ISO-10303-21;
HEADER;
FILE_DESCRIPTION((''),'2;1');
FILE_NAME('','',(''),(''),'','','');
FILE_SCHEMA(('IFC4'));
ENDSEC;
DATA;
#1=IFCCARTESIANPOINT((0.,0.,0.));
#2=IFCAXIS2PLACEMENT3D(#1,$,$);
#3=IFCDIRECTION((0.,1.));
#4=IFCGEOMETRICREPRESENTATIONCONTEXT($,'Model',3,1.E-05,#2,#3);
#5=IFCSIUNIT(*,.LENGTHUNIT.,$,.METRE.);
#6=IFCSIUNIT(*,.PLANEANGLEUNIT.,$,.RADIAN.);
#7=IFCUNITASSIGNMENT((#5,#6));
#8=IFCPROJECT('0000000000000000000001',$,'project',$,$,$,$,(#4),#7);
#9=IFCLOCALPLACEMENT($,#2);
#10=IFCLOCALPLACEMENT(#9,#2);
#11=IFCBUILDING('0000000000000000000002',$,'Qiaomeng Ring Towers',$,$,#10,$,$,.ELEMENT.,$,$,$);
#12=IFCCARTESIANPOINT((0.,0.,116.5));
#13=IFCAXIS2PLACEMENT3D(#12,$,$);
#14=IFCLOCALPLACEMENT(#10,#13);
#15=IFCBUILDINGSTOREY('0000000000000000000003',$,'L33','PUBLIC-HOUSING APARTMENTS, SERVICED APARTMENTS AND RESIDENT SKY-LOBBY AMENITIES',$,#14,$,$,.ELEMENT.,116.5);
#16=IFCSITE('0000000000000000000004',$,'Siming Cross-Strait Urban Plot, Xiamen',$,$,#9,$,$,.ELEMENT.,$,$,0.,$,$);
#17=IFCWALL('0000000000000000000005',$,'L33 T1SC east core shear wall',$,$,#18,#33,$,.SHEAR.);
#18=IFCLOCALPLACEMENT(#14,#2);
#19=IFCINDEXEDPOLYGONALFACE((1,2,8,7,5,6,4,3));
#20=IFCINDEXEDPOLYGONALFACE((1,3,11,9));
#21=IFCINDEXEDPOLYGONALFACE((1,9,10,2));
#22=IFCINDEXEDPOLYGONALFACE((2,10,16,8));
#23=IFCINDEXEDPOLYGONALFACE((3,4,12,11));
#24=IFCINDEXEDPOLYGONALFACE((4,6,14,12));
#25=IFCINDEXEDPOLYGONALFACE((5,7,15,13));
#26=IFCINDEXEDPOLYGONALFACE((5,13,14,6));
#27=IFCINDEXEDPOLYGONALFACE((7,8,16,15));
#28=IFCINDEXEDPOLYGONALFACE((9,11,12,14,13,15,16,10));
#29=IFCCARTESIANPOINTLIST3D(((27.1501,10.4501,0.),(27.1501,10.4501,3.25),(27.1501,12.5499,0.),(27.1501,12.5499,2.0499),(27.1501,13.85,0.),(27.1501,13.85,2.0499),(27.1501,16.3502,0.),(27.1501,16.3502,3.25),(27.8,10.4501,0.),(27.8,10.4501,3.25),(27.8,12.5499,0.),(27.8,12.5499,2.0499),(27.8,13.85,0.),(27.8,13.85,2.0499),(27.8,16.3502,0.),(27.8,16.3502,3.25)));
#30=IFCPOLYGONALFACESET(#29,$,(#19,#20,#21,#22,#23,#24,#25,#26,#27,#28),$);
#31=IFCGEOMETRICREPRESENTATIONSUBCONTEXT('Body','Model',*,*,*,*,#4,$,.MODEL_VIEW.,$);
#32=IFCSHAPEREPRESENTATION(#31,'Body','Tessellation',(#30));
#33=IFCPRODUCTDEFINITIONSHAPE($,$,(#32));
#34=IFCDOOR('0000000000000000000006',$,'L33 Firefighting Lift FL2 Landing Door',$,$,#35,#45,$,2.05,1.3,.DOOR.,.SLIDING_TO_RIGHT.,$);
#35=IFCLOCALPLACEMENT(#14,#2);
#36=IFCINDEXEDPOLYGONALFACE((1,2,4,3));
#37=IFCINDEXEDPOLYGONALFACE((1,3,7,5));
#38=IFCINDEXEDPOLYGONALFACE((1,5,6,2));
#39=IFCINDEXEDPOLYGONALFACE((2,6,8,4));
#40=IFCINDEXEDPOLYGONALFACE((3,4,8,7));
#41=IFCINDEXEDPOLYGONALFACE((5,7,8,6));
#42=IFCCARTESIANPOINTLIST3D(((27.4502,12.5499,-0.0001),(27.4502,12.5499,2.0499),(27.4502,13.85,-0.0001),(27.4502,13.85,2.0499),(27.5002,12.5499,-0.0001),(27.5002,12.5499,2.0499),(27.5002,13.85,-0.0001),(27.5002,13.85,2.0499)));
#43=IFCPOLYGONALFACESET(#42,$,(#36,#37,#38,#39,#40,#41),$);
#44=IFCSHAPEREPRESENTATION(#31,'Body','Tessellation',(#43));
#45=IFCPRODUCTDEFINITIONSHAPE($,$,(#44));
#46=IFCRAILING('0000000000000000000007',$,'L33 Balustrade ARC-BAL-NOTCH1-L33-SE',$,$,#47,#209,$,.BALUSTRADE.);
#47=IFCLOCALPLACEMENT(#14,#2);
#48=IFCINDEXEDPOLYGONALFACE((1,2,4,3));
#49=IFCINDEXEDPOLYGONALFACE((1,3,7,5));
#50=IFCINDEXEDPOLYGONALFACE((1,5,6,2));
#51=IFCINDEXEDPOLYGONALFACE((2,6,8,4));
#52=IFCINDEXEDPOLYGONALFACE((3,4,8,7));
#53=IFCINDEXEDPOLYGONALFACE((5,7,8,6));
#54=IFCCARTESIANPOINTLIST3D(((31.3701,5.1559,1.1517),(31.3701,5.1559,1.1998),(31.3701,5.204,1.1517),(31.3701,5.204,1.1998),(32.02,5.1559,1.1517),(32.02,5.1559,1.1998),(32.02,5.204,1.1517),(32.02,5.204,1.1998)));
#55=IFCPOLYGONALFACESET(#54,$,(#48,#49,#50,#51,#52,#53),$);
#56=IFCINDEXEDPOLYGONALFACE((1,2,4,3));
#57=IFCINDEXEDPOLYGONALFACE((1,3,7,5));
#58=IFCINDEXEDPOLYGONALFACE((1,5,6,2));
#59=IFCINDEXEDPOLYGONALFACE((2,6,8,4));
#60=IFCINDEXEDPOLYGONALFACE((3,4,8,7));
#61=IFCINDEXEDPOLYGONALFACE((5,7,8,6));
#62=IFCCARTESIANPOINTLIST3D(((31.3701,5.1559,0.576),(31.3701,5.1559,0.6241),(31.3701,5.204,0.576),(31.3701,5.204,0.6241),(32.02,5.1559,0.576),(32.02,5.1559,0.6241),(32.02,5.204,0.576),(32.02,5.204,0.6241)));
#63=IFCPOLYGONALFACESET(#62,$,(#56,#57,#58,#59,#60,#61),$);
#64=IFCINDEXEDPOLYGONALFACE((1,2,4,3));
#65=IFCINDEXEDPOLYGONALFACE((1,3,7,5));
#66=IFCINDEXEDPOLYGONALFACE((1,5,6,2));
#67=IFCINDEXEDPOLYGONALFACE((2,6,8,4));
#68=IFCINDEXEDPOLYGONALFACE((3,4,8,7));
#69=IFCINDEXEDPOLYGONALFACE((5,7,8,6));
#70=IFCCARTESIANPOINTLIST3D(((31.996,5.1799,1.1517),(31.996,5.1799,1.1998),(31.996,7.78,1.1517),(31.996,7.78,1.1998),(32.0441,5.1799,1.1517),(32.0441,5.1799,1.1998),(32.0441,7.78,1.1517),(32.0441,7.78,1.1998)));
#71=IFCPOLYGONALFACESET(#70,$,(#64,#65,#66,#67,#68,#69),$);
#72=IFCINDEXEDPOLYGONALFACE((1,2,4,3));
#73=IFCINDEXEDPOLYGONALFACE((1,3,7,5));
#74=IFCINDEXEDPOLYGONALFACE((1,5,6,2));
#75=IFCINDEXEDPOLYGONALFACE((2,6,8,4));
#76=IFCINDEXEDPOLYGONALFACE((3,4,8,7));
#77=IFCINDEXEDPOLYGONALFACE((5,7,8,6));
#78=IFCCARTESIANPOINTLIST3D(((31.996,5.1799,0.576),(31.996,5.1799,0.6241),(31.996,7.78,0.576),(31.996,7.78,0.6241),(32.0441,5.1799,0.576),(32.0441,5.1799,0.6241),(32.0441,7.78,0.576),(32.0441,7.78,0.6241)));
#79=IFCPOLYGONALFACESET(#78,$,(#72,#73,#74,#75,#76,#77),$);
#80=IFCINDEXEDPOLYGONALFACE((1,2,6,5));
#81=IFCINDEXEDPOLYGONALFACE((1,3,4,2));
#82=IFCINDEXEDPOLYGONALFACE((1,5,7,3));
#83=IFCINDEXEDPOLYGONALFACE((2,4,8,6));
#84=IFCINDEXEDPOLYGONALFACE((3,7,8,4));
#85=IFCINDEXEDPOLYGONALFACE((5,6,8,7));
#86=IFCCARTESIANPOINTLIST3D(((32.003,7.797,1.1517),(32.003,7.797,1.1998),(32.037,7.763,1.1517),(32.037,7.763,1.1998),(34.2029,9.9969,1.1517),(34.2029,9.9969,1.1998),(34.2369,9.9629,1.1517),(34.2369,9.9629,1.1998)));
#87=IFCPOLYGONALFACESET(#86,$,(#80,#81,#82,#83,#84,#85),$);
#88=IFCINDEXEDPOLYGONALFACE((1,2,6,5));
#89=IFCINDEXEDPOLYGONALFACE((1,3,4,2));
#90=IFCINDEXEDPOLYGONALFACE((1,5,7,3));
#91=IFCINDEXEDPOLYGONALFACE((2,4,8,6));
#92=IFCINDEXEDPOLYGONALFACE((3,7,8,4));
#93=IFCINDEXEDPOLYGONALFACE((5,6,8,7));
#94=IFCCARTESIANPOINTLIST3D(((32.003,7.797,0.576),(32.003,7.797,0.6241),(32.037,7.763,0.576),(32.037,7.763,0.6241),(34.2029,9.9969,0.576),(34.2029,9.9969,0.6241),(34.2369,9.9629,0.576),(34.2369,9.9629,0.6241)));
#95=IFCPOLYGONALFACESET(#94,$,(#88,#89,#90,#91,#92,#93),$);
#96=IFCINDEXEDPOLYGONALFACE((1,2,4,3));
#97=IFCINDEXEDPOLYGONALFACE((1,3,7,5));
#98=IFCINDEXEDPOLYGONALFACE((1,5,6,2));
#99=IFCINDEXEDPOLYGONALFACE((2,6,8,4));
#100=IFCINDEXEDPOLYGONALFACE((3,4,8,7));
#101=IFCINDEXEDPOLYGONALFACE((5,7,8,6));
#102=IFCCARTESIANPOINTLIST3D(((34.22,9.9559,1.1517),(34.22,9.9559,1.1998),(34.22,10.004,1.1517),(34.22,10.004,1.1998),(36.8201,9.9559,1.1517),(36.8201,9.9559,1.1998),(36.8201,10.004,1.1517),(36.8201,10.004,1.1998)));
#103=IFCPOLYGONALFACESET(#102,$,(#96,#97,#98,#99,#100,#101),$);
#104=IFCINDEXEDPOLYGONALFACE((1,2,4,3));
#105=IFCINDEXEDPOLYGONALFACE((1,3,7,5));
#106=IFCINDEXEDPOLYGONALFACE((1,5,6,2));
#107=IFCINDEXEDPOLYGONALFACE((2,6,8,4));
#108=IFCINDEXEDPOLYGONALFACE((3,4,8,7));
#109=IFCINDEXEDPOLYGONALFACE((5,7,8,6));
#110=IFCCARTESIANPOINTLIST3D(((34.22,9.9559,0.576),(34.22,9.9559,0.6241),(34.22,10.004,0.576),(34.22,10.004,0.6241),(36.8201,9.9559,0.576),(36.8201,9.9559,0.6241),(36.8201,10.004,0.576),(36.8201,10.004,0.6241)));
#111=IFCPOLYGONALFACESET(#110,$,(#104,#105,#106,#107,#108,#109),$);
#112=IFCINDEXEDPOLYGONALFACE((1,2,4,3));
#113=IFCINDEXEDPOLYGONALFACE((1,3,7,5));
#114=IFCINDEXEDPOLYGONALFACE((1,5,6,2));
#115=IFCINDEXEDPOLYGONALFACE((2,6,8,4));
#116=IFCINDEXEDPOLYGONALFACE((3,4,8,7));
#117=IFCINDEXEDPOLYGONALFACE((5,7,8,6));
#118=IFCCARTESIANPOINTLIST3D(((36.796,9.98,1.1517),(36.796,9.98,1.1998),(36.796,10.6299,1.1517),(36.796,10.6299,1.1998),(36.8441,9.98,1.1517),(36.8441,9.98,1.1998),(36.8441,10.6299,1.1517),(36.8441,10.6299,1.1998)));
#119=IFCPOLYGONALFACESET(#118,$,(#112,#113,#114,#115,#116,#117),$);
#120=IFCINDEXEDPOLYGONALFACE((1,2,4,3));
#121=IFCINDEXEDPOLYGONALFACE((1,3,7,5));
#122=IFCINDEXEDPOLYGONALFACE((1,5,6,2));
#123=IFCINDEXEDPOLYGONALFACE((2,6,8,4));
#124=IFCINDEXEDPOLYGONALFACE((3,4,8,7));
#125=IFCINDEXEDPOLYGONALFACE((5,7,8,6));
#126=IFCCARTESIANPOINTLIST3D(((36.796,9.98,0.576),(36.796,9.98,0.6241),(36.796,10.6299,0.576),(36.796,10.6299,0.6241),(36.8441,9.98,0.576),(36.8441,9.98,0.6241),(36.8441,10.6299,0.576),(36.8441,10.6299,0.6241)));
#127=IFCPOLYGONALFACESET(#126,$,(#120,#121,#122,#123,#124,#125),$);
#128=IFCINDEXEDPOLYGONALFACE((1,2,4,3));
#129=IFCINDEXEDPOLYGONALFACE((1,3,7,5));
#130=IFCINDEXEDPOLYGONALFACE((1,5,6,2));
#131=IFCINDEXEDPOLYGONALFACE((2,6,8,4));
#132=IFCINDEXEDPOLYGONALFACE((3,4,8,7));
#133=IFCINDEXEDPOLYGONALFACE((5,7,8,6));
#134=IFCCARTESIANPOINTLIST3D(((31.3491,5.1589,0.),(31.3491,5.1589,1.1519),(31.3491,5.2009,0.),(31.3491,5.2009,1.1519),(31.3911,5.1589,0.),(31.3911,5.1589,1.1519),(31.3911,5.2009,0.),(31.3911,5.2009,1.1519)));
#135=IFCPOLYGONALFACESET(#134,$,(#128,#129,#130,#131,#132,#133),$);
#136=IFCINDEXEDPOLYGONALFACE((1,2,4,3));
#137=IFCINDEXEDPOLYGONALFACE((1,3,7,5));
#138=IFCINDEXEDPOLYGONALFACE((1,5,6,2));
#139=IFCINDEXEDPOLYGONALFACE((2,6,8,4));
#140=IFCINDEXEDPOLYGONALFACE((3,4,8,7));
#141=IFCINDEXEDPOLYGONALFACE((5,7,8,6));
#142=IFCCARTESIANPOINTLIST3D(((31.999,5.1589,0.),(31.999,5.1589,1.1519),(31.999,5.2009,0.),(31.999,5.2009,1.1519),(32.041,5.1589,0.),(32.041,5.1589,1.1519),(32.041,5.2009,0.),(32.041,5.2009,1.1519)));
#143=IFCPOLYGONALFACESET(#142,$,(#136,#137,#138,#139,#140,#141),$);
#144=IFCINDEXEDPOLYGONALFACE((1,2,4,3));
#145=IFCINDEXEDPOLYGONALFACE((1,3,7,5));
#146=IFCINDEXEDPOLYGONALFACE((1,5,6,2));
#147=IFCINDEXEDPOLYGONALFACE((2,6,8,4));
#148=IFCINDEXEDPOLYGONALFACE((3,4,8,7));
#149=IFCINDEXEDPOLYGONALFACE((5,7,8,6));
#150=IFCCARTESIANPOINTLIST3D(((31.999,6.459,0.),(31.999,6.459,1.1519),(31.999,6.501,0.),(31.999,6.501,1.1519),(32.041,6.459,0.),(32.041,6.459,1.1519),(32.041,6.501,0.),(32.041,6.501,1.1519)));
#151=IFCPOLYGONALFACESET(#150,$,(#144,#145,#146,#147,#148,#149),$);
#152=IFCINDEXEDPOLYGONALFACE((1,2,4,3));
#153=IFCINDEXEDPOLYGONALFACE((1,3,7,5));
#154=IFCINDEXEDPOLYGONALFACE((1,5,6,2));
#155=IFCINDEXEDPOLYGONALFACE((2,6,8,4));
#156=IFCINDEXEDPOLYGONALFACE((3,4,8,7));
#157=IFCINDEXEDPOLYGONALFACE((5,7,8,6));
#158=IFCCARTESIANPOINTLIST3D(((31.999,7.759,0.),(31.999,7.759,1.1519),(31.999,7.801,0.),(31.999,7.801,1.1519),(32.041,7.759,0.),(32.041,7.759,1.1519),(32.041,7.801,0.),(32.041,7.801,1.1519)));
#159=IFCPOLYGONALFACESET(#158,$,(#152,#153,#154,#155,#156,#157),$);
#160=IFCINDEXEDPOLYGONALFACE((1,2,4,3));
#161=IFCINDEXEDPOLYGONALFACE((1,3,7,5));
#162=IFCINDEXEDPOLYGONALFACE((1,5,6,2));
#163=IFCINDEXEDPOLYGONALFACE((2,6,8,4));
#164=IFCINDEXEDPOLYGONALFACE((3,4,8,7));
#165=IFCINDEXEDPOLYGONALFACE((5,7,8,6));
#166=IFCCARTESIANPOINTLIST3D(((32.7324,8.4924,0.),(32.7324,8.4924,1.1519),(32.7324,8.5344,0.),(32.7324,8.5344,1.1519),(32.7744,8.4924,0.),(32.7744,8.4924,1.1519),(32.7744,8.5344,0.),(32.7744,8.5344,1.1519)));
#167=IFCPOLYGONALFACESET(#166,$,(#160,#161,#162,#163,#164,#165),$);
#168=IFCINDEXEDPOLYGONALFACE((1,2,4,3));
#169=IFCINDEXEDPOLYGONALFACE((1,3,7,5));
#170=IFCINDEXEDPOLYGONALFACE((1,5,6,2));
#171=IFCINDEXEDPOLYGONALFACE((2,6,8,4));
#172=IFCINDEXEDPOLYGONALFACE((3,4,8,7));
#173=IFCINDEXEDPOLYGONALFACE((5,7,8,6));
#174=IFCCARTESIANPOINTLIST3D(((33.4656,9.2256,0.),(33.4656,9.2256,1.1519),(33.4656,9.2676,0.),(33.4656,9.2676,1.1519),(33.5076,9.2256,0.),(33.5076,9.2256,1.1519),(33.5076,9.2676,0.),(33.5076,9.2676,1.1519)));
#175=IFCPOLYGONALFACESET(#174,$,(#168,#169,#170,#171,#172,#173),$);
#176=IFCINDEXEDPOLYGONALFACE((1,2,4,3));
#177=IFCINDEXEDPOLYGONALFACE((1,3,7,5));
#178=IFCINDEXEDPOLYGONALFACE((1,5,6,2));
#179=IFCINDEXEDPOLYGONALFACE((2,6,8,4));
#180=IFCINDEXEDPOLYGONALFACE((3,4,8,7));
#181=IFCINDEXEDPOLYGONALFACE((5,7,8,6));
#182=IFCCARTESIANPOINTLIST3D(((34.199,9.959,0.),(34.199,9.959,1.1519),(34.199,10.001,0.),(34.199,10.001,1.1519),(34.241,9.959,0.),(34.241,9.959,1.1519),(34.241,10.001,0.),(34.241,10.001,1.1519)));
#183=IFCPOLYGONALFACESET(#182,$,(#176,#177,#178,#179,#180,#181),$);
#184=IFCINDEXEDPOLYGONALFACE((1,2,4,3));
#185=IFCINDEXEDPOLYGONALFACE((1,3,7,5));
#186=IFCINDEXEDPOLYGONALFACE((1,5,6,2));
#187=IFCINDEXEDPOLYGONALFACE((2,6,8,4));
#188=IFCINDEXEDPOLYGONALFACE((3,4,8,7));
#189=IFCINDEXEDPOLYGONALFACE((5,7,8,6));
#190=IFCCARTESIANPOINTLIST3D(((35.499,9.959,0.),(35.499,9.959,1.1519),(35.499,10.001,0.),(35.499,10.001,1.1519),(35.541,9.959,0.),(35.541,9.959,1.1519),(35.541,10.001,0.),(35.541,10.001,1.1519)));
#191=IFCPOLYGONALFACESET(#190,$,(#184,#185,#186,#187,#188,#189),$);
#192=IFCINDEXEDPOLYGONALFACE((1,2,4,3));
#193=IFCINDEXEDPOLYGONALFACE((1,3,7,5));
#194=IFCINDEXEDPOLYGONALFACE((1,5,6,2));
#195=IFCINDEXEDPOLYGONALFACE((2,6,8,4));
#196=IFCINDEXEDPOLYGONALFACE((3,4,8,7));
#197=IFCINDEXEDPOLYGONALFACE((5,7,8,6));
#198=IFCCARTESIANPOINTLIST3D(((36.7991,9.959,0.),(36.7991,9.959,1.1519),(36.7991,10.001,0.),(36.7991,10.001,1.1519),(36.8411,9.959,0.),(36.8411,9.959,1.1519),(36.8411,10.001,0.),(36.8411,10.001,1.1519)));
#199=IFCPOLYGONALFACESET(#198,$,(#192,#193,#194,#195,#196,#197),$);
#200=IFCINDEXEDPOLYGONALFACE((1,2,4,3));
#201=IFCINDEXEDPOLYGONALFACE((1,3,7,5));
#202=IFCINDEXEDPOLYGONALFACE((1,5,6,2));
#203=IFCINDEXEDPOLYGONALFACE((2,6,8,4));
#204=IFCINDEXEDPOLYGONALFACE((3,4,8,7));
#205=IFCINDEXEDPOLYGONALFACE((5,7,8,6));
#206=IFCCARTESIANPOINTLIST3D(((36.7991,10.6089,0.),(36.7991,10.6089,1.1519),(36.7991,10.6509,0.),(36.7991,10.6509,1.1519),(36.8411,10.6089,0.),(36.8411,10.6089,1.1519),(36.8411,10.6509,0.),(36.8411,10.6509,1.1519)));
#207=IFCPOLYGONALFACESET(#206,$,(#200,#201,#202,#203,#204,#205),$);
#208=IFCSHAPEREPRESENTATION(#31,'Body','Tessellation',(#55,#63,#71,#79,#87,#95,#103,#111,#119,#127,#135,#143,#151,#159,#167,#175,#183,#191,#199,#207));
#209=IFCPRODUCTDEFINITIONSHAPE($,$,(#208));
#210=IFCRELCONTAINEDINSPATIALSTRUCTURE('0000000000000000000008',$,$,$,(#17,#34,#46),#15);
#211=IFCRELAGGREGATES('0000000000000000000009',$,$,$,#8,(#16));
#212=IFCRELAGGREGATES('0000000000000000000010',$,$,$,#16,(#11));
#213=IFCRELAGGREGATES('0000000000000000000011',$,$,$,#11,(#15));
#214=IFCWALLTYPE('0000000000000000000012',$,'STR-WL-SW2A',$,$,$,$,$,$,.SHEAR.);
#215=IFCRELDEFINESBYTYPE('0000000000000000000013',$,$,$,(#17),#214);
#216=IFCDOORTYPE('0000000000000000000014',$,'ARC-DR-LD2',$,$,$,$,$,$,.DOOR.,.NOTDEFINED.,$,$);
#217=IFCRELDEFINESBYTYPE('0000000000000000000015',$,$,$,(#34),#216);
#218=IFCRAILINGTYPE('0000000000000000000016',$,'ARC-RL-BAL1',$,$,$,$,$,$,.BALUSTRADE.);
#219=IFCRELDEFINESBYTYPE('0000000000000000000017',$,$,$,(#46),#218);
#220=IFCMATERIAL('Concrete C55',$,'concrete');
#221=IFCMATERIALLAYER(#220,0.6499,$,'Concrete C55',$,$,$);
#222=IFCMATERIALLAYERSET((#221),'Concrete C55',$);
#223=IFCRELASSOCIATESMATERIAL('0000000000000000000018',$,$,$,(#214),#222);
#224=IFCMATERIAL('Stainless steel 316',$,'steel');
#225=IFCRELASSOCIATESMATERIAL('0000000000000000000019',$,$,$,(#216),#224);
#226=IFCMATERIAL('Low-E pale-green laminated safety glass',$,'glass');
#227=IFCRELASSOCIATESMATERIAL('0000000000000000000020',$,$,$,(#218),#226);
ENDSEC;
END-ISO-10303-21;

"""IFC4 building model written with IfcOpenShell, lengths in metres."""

from ifc_helpers import new_model, si_unit, direction, frame, frame_2d, origin, origin_2d, place, context, subcontext, project, spatial, rectangle, extrude, source, transform, mapped, material, layer, layer_set, type_object, element, fill, save


model = new_model("IFC4")

# Units and contexts
model_context = context("Model", 3, precision=1e-05, world=origin(), true_north=direction((0.0, 1.0)))
body_context = subcontext(model_context, "Body", "Model", "MODEL_VIEW")
ifc_project = project(units=[si_unit("LENGTHUNIT", "METRE"), si_unit("PLANEANGLEUNIT", "RADIAN")], contexts=[model_context])

# Site, building, storey
site_placement = place(None, origin())
site = spatial("IfcSite", under=ifc_project, at=site_placement, Name="Siming Cross-Strait Urban Plot, Xiamen", CompositionType="ELEMENT", RefElevation=0.0)
building_placement = place(site_placement, origin())
building = spatial("IfcBuilding", under=site, at=building_placement, Name="Qiaomeng Ring Towers", CompositionType="ELEMENT")
storey_placement = place(building_placement, frame((0.0, 0.0, 116.5)))
storey = spatial("IfcBuildingStorey", under=building, at=storey_placement, Name="L33", Description="PUBLIC-HOUSING APARTMENTS, SERVICED APARTMENTS AND RESIDENT SKY-LOBBY AMENITIES", CompositionType="ELEMENT", Elevation=116.5)

# Shared definitions
ifc_material_1 = material(Name="Concrete C55", Category="concrete")

# Wall, opening, door
ifc_layer_1 = layer(ifc_material_1, 0.6499, Name="Concrete C55")
ifc_layer_set_1 = layer_set([ifc_layer_1], Name="Concrete C55")
wall_type_1 = type_object("IfcWallType", Name="STR-WL-SW2A", PredefinedType="SHEAR", material=ifc_layer_set_1)
wall_1_placement = place(storey_placement, frame((27.4751, 10.45, 0.0), z_axis=(0.0, 0.0, 1.0), x_axis=(0.0, 1.0, 0.0)))
wall_1 = element("IfcWall", 1, at=wall_1_placement, inside=storey, type_object=wall_type_1, Name="L33 T1SC east core shear wall", PredefinedType="SHEAR", context=body_context, shape_type="SweptSolid", body=[
    extrude(rectangle(XDim=5.9001, YDim=0.6499, at=frame_2d((2.9502, 0.0))), origin(), (0.0, 0.0, 1.0), 3.25),
])
opening_1_placement = place(wall_1_placement, frame((2.1001, 0.0, 0.0)))
opening_1 = element("IfcOpeningElement", 2, at=opening_1_placement, cuts=wall_1, PredefinedType="OPENING", context=body_context, shape_type="SweptSolid", body=[
    extrude(rectangle(XDim=1.3, YDim=2.05, at=frame_2d((0.6499, 1.0249))), frame((0.0, 0.335, 0.0), z_axis=(0.0, -1.0, 0.0), x_axis=(1.0, 0.0, 0.0)), (0.0, 0.0, 1.0), 0.6699),
])
ifc_material_2 = material(Name="Stainless steel 316", Category="steel")
door_type_1 = type_object("IfcDoorType", Name="ARC-DR-LD2", OperationType="NOTDEFINED", PredefinedType="DOOR", material=ifc_material_2)
shared_shape_1 = source(origin(), body_context, "Body", "SweptSolid", [
    extrude(rectangle(XDim=1.3, YDim=2.05, at=frame_2d((0.6499, 1.0249))), frame((0.0, 0.0249, 0.0), z_axis=(0.0, -1.0, 0.0), x_axis=(1.0, 0.0, 0.0)), (0.0, 0.0, 1.0), 0.05),
])
door_1_placement = place(opening_1_placement, origin())
door_1 = element("IfcDoor", 3, at=door_1_placement, inside=storey, type_object=door_type_1, Name="L33 Firefighting Lift FL2 Landing Door", OperationType="SLIDING_TO_RIGHT", OverallHeight=2.05, OverallWidth=1.3, PredefinedType="DOOR", context=body_context, shape_type="MappedRepresentation", body=[
    mapped(shared_shape_1, transform((0.0, 0.0, 0.0), x_axis=(1.0, 0.0, 0.0), y_axis=(0.0, 1.0, 0.0), z_axis=(0.0, 0.0, 1.0), scale=1.0)),
])
fill(opening_1, door_1)

# Railing
ifc_material_3 = material(Name="Low-E pale-green laminated safety glass", Category="glass")
railing_type = type_object("IfcRailingType", Name="ARC-RL-BAL1", PredefinedType="BALUSTRADE", material=ifc_material_3)
railing_placement = place(storey_placement, frame((31.3701, 5.1799, 0.0)))
element("IfcRailing", 4, at=railing_placement, inside=storey, type_object=railing_type, Name="L33 Balustrade ARC-BAL-NOTCH1-L33-SE", PredefinedType="BALUSTRADE", context=body_context, shape_type="SweptSolid", body=[
    extrude(rectangle(XDim=0.0481, YDim=0.0481, at=origin_2d()), frame((0.0, 0.0, 1.1758), z_axis=(1.0, 0.0, 0.0), x_axis=(0.0, 1.0, 0.0)), (0.0, 0.0, 1.0), 0.6499),
    extrude(rectangle(XDim=0.0481, YDim=0.0481, at=origin_2d()), frame((0.0, 0.0, 0.6001), z_axis=(1.0, 0.0, 0.0), x_axis=(0.0, 1.0, 0.0)), (0.0, 0.0, 1.0), 0.6499),
    extrude(rectangle(XDim=0.0481, YDim=0.0481, at=origin_2d()), frame((0.6499, 0.0, 1.1758), z_axis=(0.0, 1.0, 0.0), x_axis=(-1.0, 0.0, 0.0)), (0.0, 0.0, 1.0), 2.6001),
    extrude(rectangle(XDim=0.0481, YDim=0.0481, at=origin_2d()), frame((0.6499, 0.0, 0.6001), z_axis=(0.0, 1.0, 0.0), x_axis=(-1.0, 0.0, 0.0)), (0.0, 0.0, 1.0), 2.6001),
    extrude(rectangle(XDim=0.0481, YDim=0.0481, at=origin_2d()), frame((0.6499, 2.6001, 1.1758), z_axis=(0.707107, 0.707107, 0.0), x_axis=(-0.707107, 0.707107, 0.0)), (0.0, 0.0, 1.0), 3.1111),
    extrude(rectangle(XDim=0.0481, YDim=0.0481, at=origin_2d()), frame((0.6499, 2.6001, 0.6001), z_axis=(0.707107, 0.707107, 0.0), x_axis=(-0.707107, 0.707107, 0.0)), (0.0, 0.0, 1.0), 3.1111),
    extrude(rectangle(XDim=0.0481, YDim=0.0481, at=origin_2d()), frame((2.8499, 4.8, 1.1758), z_axis=(1.0, 0.0, 0.0), x_axis=(0.0, 1.0, 0.0)), (0.0, 0.0, 1.0), 2.6001),
    extrude(rectangle(XDim=0.0481, YDim=0.0481, at=origin_2d()), frame((2.8499, 4.8, 0.6001), z_axis=(1.0, 0.0, 0.0), x_axis=(0.0, 1.0, 0.0)), (0.0, 0.0, 1.0), 2.6001),
    extrude(rectangle(XDim=0.0481, YDim=0.0481, at=origin_2d()), frame((5.45, 4.8, 1.1758), z_axis=(0.0, 1.0, 0.0), x_axis=(-1.0, 0.0, 0.0)), (0.0, 0.0, 1.0), 0.6499),
    extrude(rectangle(XDim=0.0481, YDim=0.0481, at=origin_2d()), frame((5.45, 4.8, 0.6001), z_axis=(0.0, 1.0, 0.0), x_axis=(-1.0, 0.0, 0.0)), (0.0, 0.0, 1.0), 0.6499),
    extrude(rectangle(XDim=0.042, YDim=0.042, at=origin_2d()), origin(), (0.0, 0.0, 1.0), 1.1519),
    extrude(rectangle(XDim=0.042, YDim=0.042, at=origin_2d()), frame((0.6499, 0.0, 0.0)), (0.0, 0.0, 1.0), 1.1519),
    extrude(rectangle(XDim=0.042, YDim=0.042, at=origin_2d()), frame((0.6499, 1.3, 0.0)), (0.0, 0.0, 1.0), 1.1519),
    extrude(rectangle(XDim=0.042, YDim=0.042, at=origin_2d()), frame((0.6499, 2.6001, 0.0)), (0.0, 0.0, 1.0), 1.1519),
    extrude(rectangle(XDim=0.042, YDim=0.042, at=origin_2d()), frame((1.3833, 3.3335, 0.0)), (0.0, 0.0, 1.0), 1.1519),
    extrude(rectangle(XDim=0.042, YDim=0.042, at=origin_2d()), frame((2.1165, 4.0667, 0.0)), (0.0, 0.0, 1.0), 1.1519),
    extrude(rectangle(XDim=0.042, YDim=0.042, at=origin_2d()), frame((2.8499, 4.8, 0.0)), (0.0, 0.0, 1.0), 1.1519),
    extrude(rectangle(XDim=0.042, YDim=0.042, at=origin_2d()), frame((4.1499, 4.8, 0.0)), (0.0, 0.0, 1.0), 1.1519),
    extrude(rectangle(XDim=0.042, YDim=0.042, at=origin_2d()), frame((5.45, 4.8, 0.0)), (0.0, 0.0, 1.0), 1.1519),
    extrude(rectangle(XDim=0.042, YDim=0.042, at=origin_2d()), frame((5.45, 5.45, 0.0)), (0.0, 0.0, 1.0), 1.1519),
])

save(model, "model.ifc")
